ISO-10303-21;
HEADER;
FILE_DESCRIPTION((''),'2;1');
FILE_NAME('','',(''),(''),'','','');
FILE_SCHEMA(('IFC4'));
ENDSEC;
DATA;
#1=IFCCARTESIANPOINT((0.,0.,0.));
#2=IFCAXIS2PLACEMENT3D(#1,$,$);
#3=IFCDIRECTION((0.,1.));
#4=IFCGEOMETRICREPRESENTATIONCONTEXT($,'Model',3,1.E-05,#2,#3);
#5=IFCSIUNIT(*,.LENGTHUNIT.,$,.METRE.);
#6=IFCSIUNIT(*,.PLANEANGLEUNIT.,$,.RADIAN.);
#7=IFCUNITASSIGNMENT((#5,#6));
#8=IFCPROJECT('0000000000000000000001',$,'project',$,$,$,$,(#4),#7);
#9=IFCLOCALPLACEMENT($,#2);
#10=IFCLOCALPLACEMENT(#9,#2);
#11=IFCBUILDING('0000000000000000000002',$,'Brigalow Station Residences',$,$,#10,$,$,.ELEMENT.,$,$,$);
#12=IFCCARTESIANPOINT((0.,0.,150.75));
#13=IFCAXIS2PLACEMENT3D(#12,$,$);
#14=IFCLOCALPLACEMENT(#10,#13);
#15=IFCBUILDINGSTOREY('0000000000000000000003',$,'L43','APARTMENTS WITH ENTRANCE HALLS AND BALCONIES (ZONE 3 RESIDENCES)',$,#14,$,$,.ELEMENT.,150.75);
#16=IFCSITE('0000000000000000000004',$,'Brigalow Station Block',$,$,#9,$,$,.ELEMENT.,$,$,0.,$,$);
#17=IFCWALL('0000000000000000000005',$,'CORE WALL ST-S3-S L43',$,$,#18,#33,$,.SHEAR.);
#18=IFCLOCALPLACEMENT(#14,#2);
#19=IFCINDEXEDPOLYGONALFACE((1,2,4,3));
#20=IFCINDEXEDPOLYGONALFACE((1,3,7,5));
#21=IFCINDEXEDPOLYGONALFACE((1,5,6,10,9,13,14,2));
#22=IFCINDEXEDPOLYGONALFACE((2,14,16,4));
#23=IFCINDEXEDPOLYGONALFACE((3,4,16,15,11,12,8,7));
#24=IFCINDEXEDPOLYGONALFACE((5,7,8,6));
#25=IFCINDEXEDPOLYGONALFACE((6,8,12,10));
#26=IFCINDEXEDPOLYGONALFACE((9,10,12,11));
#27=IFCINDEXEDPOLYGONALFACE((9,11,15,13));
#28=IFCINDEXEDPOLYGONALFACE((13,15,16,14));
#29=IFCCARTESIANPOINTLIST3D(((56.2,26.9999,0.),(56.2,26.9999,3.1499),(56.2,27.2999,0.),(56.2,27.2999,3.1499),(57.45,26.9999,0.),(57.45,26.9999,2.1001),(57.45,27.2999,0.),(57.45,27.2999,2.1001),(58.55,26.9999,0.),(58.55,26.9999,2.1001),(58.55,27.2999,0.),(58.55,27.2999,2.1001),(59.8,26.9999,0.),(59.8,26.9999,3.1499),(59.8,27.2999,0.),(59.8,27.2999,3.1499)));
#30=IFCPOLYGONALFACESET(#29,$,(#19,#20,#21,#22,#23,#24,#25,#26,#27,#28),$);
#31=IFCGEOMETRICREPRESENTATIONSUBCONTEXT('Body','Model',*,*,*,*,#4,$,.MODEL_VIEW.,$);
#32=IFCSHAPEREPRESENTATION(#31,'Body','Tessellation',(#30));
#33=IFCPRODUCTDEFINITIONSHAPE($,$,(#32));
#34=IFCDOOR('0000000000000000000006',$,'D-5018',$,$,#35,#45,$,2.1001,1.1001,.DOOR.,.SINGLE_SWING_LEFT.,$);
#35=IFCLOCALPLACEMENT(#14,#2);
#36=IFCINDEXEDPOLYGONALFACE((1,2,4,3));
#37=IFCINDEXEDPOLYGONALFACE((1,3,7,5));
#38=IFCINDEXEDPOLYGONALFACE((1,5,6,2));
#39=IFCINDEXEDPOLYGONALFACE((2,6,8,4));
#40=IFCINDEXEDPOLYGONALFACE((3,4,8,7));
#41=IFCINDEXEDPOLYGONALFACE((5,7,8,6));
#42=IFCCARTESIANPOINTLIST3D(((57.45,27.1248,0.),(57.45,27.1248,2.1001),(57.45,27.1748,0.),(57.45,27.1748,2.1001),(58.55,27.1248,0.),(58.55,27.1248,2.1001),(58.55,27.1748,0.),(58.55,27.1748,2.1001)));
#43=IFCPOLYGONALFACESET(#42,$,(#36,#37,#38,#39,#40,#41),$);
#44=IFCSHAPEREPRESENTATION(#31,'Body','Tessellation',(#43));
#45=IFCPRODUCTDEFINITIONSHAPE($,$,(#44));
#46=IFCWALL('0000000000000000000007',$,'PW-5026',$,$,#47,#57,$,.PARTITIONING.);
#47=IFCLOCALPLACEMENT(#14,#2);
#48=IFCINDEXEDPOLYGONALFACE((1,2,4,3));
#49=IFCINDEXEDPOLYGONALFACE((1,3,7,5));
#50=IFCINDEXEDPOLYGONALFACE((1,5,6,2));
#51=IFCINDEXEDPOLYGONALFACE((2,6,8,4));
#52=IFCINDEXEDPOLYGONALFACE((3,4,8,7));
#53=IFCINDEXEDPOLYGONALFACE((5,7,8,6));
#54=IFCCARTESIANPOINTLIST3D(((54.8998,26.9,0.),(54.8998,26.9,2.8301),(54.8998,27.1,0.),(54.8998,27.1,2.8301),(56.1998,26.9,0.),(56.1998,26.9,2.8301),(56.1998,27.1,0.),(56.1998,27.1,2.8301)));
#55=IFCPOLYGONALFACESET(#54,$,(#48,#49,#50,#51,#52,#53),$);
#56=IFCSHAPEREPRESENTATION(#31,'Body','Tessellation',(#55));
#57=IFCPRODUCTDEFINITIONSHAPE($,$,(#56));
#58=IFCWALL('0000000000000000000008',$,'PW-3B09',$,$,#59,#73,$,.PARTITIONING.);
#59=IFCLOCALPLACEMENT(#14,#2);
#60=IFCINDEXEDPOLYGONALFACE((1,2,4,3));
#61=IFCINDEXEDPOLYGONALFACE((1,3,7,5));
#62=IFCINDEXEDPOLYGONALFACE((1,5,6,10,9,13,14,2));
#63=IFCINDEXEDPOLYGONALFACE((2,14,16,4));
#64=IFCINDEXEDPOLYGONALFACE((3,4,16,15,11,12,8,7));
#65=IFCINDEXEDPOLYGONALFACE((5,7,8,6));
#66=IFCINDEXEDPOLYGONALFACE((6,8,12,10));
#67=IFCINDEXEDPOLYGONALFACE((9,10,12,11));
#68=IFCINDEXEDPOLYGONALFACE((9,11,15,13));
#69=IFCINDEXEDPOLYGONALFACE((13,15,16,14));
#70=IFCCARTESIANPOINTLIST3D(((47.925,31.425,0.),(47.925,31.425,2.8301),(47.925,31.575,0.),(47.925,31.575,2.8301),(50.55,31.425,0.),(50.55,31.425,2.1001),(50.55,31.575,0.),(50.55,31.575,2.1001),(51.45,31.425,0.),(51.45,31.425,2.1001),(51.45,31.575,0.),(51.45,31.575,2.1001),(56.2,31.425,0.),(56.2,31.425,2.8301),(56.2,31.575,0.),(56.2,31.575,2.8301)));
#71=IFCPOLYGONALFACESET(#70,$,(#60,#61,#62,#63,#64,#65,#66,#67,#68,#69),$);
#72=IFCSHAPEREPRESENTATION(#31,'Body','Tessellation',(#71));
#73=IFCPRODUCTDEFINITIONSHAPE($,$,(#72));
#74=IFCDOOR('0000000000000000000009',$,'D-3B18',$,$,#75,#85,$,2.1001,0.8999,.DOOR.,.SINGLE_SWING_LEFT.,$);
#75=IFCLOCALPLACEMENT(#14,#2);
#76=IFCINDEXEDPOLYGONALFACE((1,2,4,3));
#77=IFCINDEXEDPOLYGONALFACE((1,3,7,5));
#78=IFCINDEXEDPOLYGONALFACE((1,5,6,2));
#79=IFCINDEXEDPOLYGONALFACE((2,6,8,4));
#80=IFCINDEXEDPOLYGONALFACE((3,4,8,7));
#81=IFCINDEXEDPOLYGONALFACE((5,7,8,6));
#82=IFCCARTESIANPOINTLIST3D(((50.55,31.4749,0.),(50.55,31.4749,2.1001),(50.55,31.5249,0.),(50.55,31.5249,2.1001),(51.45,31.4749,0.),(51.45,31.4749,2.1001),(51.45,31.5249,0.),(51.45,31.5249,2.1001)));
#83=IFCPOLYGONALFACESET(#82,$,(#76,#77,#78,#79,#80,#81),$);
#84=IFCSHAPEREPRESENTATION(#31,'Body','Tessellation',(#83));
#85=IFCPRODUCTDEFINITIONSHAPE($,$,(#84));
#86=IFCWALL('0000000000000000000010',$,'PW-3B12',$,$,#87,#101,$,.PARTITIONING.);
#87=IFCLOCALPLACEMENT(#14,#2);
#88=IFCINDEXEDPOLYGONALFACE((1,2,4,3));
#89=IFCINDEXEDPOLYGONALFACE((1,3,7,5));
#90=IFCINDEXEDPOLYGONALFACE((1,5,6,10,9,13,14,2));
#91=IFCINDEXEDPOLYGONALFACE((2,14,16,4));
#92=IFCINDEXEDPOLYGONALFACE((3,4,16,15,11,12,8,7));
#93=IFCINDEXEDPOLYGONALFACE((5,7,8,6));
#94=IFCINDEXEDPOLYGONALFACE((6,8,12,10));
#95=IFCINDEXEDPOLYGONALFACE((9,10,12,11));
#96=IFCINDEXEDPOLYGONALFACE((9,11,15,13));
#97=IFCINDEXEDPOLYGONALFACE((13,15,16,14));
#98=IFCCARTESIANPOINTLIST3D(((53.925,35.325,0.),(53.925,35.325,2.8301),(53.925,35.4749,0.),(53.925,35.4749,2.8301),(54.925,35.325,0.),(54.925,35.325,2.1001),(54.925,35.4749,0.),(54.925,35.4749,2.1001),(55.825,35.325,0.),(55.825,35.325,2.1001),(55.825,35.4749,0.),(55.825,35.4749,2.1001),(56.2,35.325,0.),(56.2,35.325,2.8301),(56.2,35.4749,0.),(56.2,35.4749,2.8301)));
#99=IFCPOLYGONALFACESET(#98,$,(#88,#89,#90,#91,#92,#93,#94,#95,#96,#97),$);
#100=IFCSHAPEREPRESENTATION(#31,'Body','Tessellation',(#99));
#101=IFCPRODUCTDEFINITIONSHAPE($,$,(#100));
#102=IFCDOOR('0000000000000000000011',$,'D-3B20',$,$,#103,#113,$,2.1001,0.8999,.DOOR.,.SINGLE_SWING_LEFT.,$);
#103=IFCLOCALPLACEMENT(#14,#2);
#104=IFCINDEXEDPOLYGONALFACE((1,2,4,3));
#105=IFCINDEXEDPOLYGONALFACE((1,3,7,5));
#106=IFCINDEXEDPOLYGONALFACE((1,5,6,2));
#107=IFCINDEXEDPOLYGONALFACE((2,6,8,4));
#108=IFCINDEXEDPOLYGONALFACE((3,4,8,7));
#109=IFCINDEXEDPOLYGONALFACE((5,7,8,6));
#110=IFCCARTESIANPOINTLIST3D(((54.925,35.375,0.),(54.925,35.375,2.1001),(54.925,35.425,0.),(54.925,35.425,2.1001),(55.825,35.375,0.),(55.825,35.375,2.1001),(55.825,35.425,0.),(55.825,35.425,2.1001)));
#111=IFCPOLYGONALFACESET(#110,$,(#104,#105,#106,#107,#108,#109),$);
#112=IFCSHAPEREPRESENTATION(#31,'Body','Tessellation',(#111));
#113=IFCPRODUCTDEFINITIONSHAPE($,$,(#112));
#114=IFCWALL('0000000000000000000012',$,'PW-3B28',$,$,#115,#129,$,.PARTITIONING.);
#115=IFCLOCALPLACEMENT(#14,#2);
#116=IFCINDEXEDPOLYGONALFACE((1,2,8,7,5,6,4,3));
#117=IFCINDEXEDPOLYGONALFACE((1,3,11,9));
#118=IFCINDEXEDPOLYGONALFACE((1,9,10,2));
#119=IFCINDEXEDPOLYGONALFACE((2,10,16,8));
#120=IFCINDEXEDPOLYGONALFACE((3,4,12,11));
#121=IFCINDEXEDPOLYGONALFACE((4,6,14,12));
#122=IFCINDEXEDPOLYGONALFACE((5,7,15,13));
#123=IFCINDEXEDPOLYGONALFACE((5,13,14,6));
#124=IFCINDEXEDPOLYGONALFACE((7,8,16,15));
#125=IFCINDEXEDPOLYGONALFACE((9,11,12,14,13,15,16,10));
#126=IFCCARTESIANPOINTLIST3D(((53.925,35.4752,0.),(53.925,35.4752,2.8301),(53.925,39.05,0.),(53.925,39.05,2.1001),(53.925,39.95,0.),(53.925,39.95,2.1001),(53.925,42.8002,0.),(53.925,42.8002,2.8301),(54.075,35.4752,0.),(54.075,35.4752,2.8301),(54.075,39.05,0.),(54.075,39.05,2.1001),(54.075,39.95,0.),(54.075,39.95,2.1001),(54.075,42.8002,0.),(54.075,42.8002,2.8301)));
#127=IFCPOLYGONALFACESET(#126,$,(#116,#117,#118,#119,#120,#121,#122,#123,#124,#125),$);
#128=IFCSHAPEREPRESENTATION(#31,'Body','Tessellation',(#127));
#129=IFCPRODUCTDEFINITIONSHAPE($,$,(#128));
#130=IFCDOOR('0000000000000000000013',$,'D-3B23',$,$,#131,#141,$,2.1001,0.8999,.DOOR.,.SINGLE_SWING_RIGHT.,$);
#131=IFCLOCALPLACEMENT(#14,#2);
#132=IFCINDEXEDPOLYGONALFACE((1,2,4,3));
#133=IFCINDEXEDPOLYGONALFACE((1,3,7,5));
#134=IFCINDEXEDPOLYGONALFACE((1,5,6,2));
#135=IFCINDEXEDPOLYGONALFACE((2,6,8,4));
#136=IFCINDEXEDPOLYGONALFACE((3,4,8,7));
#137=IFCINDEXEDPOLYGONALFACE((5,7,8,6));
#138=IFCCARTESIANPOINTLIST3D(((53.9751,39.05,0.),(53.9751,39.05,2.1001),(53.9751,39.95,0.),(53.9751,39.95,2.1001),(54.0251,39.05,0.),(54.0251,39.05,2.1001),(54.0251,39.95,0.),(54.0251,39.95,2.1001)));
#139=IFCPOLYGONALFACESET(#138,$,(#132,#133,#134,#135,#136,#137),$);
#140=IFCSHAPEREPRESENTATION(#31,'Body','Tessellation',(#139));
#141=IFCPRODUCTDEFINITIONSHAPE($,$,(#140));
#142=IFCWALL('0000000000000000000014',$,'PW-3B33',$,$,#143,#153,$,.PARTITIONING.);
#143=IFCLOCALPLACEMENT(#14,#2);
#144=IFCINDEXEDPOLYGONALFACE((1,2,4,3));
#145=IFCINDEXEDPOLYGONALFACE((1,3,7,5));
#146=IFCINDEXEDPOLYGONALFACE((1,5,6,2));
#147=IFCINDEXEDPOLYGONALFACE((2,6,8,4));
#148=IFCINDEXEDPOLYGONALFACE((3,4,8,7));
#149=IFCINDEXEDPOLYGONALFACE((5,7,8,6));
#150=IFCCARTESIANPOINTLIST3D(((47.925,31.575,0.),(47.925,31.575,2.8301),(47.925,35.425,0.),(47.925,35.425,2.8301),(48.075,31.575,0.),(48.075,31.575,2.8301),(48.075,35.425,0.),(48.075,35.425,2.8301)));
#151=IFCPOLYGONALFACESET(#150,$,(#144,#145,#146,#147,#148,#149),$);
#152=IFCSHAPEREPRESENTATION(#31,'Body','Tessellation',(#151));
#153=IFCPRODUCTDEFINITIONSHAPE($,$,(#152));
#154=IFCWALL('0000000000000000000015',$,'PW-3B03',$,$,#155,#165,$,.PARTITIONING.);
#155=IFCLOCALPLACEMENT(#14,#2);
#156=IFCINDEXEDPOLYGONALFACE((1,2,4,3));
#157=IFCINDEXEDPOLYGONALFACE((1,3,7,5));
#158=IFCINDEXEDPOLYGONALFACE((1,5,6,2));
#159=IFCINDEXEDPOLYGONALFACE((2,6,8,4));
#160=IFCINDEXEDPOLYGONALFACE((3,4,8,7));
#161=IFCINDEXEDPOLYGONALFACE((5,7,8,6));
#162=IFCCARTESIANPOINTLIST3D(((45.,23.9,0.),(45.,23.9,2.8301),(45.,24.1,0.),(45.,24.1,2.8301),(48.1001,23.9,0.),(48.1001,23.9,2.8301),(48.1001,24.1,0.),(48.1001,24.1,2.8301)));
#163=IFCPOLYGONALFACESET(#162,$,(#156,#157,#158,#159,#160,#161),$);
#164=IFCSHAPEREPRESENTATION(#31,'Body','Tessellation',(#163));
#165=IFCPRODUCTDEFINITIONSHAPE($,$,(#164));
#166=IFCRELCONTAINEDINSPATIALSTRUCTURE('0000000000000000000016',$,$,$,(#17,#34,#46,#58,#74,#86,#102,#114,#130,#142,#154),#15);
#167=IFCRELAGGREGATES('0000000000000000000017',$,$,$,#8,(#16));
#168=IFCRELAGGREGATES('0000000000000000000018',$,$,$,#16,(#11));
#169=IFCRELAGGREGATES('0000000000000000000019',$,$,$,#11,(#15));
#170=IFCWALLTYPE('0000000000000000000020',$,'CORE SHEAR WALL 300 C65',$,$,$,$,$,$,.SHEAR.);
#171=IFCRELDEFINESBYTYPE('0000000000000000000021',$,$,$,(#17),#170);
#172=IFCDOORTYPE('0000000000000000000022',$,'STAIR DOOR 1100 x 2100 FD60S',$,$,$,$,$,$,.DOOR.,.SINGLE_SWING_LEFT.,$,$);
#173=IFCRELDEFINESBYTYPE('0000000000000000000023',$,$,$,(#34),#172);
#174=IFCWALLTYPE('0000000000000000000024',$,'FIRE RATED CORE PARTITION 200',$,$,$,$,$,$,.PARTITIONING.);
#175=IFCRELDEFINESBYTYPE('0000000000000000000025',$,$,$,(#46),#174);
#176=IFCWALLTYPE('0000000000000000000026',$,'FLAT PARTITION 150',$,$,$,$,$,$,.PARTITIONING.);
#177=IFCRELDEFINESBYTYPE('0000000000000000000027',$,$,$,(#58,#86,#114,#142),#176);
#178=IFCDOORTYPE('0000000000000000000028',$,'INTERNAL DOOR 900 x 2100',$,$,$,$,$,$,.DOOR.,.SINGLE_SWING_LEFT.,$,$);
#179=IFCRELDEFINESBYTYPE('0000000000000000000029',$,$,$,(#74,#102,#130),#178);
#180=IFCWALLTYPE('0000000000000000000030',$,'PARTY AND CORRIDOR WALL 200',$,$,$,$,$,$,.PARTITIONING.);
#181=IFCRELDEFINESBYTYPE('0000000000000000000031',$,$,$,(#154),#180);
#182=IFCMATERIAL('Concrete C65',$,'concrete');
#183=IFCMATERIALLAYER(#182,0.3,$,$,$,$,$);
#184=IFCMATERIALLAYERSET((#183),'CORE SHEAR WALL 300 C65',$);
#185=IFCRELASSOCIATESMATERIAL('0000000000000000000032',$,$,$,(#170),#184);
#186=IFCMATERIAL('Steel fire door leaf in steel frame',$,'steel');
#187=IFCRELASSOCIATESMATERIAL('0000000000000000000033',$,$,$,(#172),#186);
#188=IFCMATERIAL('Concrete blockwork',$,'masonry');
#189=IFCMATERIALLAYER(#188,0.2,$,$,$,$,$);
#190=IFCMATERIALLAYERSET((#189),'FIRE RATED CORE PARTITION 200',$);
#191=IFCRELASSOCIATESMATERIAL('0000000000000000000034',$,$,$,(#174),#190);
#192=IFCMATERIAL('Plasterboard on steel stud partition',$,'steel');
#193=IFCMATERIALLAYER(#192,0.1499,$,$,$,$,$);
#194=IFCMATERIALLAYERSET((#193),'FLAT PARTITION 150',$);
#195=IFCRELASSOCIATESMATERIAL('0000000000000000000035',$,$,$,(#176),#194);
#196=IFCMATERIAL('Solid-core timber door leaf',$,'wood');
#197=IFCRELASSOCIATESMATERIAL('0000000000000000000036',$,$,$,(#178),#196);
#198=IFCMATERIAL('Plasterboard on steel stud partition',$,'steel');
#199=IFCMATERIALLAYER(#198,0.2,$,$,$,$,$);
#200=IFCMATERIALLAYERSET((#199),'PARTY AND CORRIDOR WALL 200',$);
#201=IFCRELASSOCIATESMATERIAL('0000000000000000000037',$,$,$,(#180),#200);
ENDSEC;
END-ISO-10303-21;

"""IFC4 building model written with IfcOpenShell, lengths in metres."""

from ifc_helpers import new_model, si_unit, direction, frame, frame_2d, origin, place, context, subcontext, project, spatial, rectangle, extrude, material, layer, layer_set, type_object, element, fill, save


model = new_model("IFC4")

# Units and contexts
model_context = context("Model", 3, precision=1e-05, world=origin(), true_north=direction((0.0, 1.0)))
body_context = subcontext(model_context, "Body", "Model", "MODEL_VIEW")
ifc_project = project(units=[si_unit("LENGTHUNIT", "METRE"), si_unit("PLANEANGLEUNIT", "RADIAN")], contexts=[model_context])

# Site, building, storey
site_placement = place(None, origin())
site = spatial("IfcSite", under=ifc_project, at=site_placement, Name="Brigalow Station Block", CompositionType="ELEMENT", RefElevation=0.0)
building_placement = place(site_placement, origin())
building = spatial("IfcBuilding", under=site, at=building_placement, Name="Brigalow Station Residences", CompositionType="ELEMENT")
storey_placement = place(building_placement, frame((0.0, 0.0, 150.75)))
storey = spatial("IfcBuildingStorey", under=building, at=storey_placement, Name="L43", Description="APARTMENTS WITH ENTRANCE HALLS AND BALCONIES (ZONE 3 RESIDENCES)", CompositionType="ELEMENT", Elevation=150.75)

# Wall, opening, door
ifc_material_1 = material(Name="Concrete C65", Category="concrete")
ifc_layer_1 = layer(ifc_material_1, 0.3)
ifc_layer_set_1 = layer_set([ifc_layer_1], Name="CORE SHEAR WALL 300 C65")
wall_type_1 = type_object("IfcWallType", Name="CORE SHEAR WALL 300 C65", PredefinedType="SHEAR", material=ifc_layer_set_1)
wall_1_placement = place(storey_placement, frame((56.2, 27.1499, 0.0), z_axis=(0.0, 0.0, 1.0), x_axis=(1.0, 0.0, 0.0)))
wall_1 = element("IfcWall", 1, at=wall_1_placement, inside=storey, type_object=wall_type_1, Name="CORE WALL ST-S3-S L43", PredefinedType="SHEAR", context=body_context, shape_type="SweptSolid", body=[
    extrude(rectangle(XDim=3.6001, YDim=0.3, at=frame_2d((1.8, 0.0))), origin(), (0.0, 0.0, 1.0), 3.1499),
])
opening_1_placement = place(wall_1_placement, frame((1.25, 0.0, 0.0)))
opening_1 = element("IfcOpeningElement", 2, at=opening_1_placement, cuts=wall_1, PredefinedType="OPENING", context=body_context, shape_type="SweptSolid", body=[
    extrude(rectangle(XDim=1.1001, YDim=2.1001, at=frame_2d((0.55, 1.05))), frame((0.0, 0.1602, 0.0), z_axis=(0.0, -1.0, 0.0), x_axis=(1.0, 0.0, 0.0)), (0.0, 0.0, 1.0), 0.3201),
])
ifc_material_2 = material(Name="Steel fire door leaf in steel frame", Category="steel")
door_type_1 = type_object("IfcDoorType", Name="STAIR DOOR 1100 x 2100 FD60S", OperationType="SINGLE_SWING_LEFT", PredefinedType="DOOR", material=ifc_material_2)
door_1_placement = place(opening_1_placement, origin())
door_1 = element("IfcDoor", 3, at=door_1_placement, inside=storey, type_object=door_type_1, Name="D-5018", OperationType="SINGLE_SWING_LEFT", OverallHeight=2.1001, OverallWidth=1.1001, PredefinedType="DOOR", context=body_context, shape_type="SweptSolid", body=[
    extrude(rectangle(XDim=1.1001, YDim=2.1001, at=frame_2d((0.55, 1.05))), frame((0.0, 0.0249, 0.0), z_axis=(0.0, -1.0, 0.0), x_axis=(1.0, 0.0, 0.0)), (0.0, 0.0, 1.0), 0.05),
])
fill(opening_1, door_1)

# Wall
ifc_material_3 = material(Name="Concrete blockwork", Category="masonry")
ifc_layer_2 = layer(ifc_material_3, 0.2)
ifc_layer_set_2 = layer_set([ifc_layer_2], Name="FIRE RATED CORE PARTITION 200")
wall_type_2 = type_object("IfcWallType", Name="FIRE RATED CORE PARTITION 200", PredefinedType="PARTITIONING", material=ifc_layer_set_2)
wall_2_placement = place(storey_placement, frame((54.8999, 27.0, 0.0), z_axis=(0.0, 0.0, 1.0), x_axis=(1.0, 0.0, 0.0)))
element("IfcWall", 4, at=wall_2_placement, inside=storey, type_object=wall_type_2, Name="PW-5026", PredefinedType="PARTITIONING", context=body_context, shape_type="SweptSolid", body=[
    extrude(rectangle(XDim=1.3, YDim=0.2, at=frame_2d((0.6499, 0.0))), origin(), (0.0, 0.0, 1.0), 2.8301),
])

# Walls, openings, doors
ifc_material_4 = material(Name="Plasterboard on steel stud partition", Category="steel")
ifc_layer_3 = layer(ifc_material_4, 0.1499)
ifc_layer_set_3 = layer_set([ifc_layer_3], Name="FLAT PARTITION 150")
wall_type_3 = type_object("IfcWallType", Name="FLAT PARTITION 150", PredefinedType="PARTITIONING", material=ifc_layer_set_3)
wall_3_placement = place(storey_placement, frame((47.925, 31.5, 0.0), z_axis=(0.0, 0.0, 1.0), x_axis=(1.0, 0.0, 0.0)))
wall_3 = element("IfcWall", 5, at=wall_3_placement, inside=storey, type_object=wall_type_3, Name="PW-3B09", PredefinedType="PARTITIONING", context=body_context, shape_type="SweptSolid", body=[
    extrude(rectangle(XDim=8.2749, YDim=0.1499, at=frame_2d((4.1375, 0.0))), origin(), (0.0, 0.0, 1.0), 2.8301),
])
opening_2_placement = place(wall_3_placement, frame((2.625, 0.0, 0.0)))
opening_2 = element("IfcOpeningElement", 6, at=opening_2_placement, cuts=wall_3, PredefinedType="OPENING", context=body_context, shape_type="SweptSolid", body=[
    extrude(rectangle(XDim=0.8999, YDim=2.1001, at=frame_2d((0.45, 1.05))), frame((0.0, 0.085, 0.0), z_axis=(0.0, -1.0, 0.0), x_axis=(1.0, 0.0, 0.0)), (0.0, 0.0, 1.0), 0.1699),
])
ifc_material_5 = material(Name="Solid-core timber door leaf", Category="wood")
door_type_2 = type_object("IfcDoorType", Name="INTERNAL DOOR 900 x 2100", OperationType="SINGLE_SWING_LEFT", PredefinedType="DOOR", material=ifc_material_5)
door_2_placement = place(opening_2_placement, origin())
door_2 = element("IfcDoor", 7, at=door_2_placement, inside=storey, type_object=door_type_2, Name="D-3B18", OperationType="SINGLE_SWING_LEFT", OverallHeight=2.1001, OverallWidth=0.8999, PredefinedType="DOOR", context=body_context, shape_type="SweptSolid", body=[
    extrude(rectangle(XDim=0.8999, YDim=2.1001, at=frame_2d((0.45, 1.05))), frame((0.0, 0.0249, 0.0), z_axis=(0.0, -1.0, 0.0), x_axis=(1.0, 0.0, 0.0)), (0.0, 0.0, 1.0), 0.05),
])
fill(opening_2, door_2)
wall_4_placement = place(storey_placement, frame((53.925, 35.3999, 0.0), z_axis=(0.0, 0.0, 1.0), x_axis=(1.0, 0.0, 0.0)))
wall_4 = element("IfcWall", 8, at=wall_4_placement, inside=storey, type_object=wall_type_3, Name="PW-3B12", PredefinedType="PARTITIONING", context=body_context, shape_type="SweptSolid", body=[
    extrude(rectangle(XDim=2.2749, YDim=0.1499, at=frame_2d((1.1375, 0.0))), origin(), (0.0, 0.0, 1.0), 2.8301),
])
opening_3_placement = place(wall_4_placement, frame((1.0, 0.0, 0.0)))
opening_3 = element("IfcOpeningElement", 9, at=opening_3_placement, cuts=wall_4, PredefinedType="OPENING", context=body_context, shape_type="SweptSolid", body=[
    extrude(rectangle(XDim=0.8999, YDim=2.1001, at=frame_2d((0.45, 1.05))), frame((0.0, 0.085, 0.0), z_axis=(0.0, -1.0, 0.0), x_axis=(1.0, 0.0, 0.0)), (0.0, 0.0, 1.0), 0.1699),
])
door_3_placement = place(opening_3_placement, frame((0.8999, 0.0, 0.0), z_axis=(0.0, 0.0, 1.0), x_axis=(-1.0, 0.0, 0.0)))
door_3 = element("IfcDoor", 10, at=door_3_placement, inside=storey, type_object=door_type_2, Name="D-3B20", OperationType="SINGLE_SWING_LEFT", OverallHeight=2.1001, OverallWidth=0.8999, PredefinedType="DOOR", context=body_context, shape_type="SweptSolid", body=[
    extrude(rectangle(XDim=0.8999, YDim=2.1001, at=frame_2d((0.45, 1.05))), frame((0.0, 0.0249, 0.0), z_axis=(0.0, -1.0, 0.0), x_axis=(1.0, 0.0, 0.0)), (0.0, 0.0, 1.0), 0.05),
])
fill(opening_3, door_3)
wall_5_placement = place(storey_placement, frame((54.0, 35.4751, 0.0), z_axis=(0.0, 0.0, 1.0), x_axis=(0.0, 1.0, 0.0)))
wall_5 = element("IfcWall", 11, at=wall_5_placement, inside=storey, type_object=wall_type_3, Name="PW-3B28", PredefinedType="PARTITIONING", context=body_context, shape_type="SweptSolid", body=[
    extrude(rectangle(XDim=7.325, YDim=0.1499, at=frame_2d((3.6626, 0.0))), origin(), (0.0, 0.0, 1.0), 2.8301),
])
opening_4_placement = place(wall_5_placement, frame((3.575, 0.0, 0.0)))
opening_4 = element("IfcOpeningElement", 12, at=opening_4_placement, cuts=wall_5, PredefinedType="OPENING", context=body_context, shape_type="SweptSolid", body=[
    extrude(rectangle(XDim=0.8999, YDim=2.1001, at=frame_2d((0.45, 1.05))), frame((0.0, 0.085, 0.0), z_axis=(0.0, -1.0, 0.0), x_axis=(1.0, 0.0, 0.0)), (0.0, 0.0, 1.0), 0.1699),
])
door_4_placement = place(opening_4_placement, origin())
door_4 = element("IfcDoor", 13, at=door_4_placement, inside=storey, type_object=door_type_2, Name="D-3B23", OperationType="SINGLE_SWING_RIGHT", OverallHeight=2.1001, OverallWidth=0.8999, PredefinedType="DOOR", context=body_context, shape_type="SweptSolid", body=[
    extrude(rectangle(XDim=0.8999, YDim=2.1001, at=frame_2d((0.45, 1.05))), frame((0.0, 0.0249, 0.0), z_axis=(0.0, -1.0, 0.0), x_axis=(1.0, 0.0, 0.0)), (0.0, 0.0, 1.0), 0.05),
])
fill(opening_4, door_4)

# Walls
wall_6_placement = place(storey_placement, frame((48.0, 31.575, 0.0), z_axis=(0.0, 0.0, 1.0), x_axis=(0.0, 1.0, 0.0)))
element("IfcWall", 14, at=wall_6_placement, inside=storey, type_object=wall_type_3, Name="PW-3B33", PredefinedType="PARTITIONING", context=body_context, shape_type="SweptSolid", body=[
    extrude(rectangle(XDim=3.8501, YDim=0.1499, at=frame_2d((1.925, 0.0))), origin(), (0.0, 0.0, 1.0), 2.8301),
])
ifc_material_6 = material(Name="Plasterboard on steel stud partition", Category="steel")
ifc_layer_4 = layer(ifc_material_6, 0.2)
ifc_layer_set_4 = layer_set([ifc_layer_4], Name="PARTY AND CORRIDOR WALL 200")
wall_type_4 = type_object("IfcWallType", Name="PARTY AND CORRIDOR WALL 200", PredefinedType="PARTITIONING", material=ifc_layer_set_4)
wall_7_placement = place(storey_placement, frame((45.0, 24.0, 0.0), z_axis=(0.0, 0.0, 1.0), x_axis=(1.0, 0.0, 0.0)))
element("IfcWall", 15, at=wall_7_placement, inside=storey, type_object=wall_type_4, Name="PW-3B03", PredefinedType="PARTITIONING", context=body_context, shape_type="SweptSolid", body=[
    extrude(rectangle(XDim=3.1001, YDim=0.2, at=frame_2d((1.55, 0.0))), origin(), (0.0, 0.0, 1.0), 2.8301),
])

save(model, "model.ifc")
